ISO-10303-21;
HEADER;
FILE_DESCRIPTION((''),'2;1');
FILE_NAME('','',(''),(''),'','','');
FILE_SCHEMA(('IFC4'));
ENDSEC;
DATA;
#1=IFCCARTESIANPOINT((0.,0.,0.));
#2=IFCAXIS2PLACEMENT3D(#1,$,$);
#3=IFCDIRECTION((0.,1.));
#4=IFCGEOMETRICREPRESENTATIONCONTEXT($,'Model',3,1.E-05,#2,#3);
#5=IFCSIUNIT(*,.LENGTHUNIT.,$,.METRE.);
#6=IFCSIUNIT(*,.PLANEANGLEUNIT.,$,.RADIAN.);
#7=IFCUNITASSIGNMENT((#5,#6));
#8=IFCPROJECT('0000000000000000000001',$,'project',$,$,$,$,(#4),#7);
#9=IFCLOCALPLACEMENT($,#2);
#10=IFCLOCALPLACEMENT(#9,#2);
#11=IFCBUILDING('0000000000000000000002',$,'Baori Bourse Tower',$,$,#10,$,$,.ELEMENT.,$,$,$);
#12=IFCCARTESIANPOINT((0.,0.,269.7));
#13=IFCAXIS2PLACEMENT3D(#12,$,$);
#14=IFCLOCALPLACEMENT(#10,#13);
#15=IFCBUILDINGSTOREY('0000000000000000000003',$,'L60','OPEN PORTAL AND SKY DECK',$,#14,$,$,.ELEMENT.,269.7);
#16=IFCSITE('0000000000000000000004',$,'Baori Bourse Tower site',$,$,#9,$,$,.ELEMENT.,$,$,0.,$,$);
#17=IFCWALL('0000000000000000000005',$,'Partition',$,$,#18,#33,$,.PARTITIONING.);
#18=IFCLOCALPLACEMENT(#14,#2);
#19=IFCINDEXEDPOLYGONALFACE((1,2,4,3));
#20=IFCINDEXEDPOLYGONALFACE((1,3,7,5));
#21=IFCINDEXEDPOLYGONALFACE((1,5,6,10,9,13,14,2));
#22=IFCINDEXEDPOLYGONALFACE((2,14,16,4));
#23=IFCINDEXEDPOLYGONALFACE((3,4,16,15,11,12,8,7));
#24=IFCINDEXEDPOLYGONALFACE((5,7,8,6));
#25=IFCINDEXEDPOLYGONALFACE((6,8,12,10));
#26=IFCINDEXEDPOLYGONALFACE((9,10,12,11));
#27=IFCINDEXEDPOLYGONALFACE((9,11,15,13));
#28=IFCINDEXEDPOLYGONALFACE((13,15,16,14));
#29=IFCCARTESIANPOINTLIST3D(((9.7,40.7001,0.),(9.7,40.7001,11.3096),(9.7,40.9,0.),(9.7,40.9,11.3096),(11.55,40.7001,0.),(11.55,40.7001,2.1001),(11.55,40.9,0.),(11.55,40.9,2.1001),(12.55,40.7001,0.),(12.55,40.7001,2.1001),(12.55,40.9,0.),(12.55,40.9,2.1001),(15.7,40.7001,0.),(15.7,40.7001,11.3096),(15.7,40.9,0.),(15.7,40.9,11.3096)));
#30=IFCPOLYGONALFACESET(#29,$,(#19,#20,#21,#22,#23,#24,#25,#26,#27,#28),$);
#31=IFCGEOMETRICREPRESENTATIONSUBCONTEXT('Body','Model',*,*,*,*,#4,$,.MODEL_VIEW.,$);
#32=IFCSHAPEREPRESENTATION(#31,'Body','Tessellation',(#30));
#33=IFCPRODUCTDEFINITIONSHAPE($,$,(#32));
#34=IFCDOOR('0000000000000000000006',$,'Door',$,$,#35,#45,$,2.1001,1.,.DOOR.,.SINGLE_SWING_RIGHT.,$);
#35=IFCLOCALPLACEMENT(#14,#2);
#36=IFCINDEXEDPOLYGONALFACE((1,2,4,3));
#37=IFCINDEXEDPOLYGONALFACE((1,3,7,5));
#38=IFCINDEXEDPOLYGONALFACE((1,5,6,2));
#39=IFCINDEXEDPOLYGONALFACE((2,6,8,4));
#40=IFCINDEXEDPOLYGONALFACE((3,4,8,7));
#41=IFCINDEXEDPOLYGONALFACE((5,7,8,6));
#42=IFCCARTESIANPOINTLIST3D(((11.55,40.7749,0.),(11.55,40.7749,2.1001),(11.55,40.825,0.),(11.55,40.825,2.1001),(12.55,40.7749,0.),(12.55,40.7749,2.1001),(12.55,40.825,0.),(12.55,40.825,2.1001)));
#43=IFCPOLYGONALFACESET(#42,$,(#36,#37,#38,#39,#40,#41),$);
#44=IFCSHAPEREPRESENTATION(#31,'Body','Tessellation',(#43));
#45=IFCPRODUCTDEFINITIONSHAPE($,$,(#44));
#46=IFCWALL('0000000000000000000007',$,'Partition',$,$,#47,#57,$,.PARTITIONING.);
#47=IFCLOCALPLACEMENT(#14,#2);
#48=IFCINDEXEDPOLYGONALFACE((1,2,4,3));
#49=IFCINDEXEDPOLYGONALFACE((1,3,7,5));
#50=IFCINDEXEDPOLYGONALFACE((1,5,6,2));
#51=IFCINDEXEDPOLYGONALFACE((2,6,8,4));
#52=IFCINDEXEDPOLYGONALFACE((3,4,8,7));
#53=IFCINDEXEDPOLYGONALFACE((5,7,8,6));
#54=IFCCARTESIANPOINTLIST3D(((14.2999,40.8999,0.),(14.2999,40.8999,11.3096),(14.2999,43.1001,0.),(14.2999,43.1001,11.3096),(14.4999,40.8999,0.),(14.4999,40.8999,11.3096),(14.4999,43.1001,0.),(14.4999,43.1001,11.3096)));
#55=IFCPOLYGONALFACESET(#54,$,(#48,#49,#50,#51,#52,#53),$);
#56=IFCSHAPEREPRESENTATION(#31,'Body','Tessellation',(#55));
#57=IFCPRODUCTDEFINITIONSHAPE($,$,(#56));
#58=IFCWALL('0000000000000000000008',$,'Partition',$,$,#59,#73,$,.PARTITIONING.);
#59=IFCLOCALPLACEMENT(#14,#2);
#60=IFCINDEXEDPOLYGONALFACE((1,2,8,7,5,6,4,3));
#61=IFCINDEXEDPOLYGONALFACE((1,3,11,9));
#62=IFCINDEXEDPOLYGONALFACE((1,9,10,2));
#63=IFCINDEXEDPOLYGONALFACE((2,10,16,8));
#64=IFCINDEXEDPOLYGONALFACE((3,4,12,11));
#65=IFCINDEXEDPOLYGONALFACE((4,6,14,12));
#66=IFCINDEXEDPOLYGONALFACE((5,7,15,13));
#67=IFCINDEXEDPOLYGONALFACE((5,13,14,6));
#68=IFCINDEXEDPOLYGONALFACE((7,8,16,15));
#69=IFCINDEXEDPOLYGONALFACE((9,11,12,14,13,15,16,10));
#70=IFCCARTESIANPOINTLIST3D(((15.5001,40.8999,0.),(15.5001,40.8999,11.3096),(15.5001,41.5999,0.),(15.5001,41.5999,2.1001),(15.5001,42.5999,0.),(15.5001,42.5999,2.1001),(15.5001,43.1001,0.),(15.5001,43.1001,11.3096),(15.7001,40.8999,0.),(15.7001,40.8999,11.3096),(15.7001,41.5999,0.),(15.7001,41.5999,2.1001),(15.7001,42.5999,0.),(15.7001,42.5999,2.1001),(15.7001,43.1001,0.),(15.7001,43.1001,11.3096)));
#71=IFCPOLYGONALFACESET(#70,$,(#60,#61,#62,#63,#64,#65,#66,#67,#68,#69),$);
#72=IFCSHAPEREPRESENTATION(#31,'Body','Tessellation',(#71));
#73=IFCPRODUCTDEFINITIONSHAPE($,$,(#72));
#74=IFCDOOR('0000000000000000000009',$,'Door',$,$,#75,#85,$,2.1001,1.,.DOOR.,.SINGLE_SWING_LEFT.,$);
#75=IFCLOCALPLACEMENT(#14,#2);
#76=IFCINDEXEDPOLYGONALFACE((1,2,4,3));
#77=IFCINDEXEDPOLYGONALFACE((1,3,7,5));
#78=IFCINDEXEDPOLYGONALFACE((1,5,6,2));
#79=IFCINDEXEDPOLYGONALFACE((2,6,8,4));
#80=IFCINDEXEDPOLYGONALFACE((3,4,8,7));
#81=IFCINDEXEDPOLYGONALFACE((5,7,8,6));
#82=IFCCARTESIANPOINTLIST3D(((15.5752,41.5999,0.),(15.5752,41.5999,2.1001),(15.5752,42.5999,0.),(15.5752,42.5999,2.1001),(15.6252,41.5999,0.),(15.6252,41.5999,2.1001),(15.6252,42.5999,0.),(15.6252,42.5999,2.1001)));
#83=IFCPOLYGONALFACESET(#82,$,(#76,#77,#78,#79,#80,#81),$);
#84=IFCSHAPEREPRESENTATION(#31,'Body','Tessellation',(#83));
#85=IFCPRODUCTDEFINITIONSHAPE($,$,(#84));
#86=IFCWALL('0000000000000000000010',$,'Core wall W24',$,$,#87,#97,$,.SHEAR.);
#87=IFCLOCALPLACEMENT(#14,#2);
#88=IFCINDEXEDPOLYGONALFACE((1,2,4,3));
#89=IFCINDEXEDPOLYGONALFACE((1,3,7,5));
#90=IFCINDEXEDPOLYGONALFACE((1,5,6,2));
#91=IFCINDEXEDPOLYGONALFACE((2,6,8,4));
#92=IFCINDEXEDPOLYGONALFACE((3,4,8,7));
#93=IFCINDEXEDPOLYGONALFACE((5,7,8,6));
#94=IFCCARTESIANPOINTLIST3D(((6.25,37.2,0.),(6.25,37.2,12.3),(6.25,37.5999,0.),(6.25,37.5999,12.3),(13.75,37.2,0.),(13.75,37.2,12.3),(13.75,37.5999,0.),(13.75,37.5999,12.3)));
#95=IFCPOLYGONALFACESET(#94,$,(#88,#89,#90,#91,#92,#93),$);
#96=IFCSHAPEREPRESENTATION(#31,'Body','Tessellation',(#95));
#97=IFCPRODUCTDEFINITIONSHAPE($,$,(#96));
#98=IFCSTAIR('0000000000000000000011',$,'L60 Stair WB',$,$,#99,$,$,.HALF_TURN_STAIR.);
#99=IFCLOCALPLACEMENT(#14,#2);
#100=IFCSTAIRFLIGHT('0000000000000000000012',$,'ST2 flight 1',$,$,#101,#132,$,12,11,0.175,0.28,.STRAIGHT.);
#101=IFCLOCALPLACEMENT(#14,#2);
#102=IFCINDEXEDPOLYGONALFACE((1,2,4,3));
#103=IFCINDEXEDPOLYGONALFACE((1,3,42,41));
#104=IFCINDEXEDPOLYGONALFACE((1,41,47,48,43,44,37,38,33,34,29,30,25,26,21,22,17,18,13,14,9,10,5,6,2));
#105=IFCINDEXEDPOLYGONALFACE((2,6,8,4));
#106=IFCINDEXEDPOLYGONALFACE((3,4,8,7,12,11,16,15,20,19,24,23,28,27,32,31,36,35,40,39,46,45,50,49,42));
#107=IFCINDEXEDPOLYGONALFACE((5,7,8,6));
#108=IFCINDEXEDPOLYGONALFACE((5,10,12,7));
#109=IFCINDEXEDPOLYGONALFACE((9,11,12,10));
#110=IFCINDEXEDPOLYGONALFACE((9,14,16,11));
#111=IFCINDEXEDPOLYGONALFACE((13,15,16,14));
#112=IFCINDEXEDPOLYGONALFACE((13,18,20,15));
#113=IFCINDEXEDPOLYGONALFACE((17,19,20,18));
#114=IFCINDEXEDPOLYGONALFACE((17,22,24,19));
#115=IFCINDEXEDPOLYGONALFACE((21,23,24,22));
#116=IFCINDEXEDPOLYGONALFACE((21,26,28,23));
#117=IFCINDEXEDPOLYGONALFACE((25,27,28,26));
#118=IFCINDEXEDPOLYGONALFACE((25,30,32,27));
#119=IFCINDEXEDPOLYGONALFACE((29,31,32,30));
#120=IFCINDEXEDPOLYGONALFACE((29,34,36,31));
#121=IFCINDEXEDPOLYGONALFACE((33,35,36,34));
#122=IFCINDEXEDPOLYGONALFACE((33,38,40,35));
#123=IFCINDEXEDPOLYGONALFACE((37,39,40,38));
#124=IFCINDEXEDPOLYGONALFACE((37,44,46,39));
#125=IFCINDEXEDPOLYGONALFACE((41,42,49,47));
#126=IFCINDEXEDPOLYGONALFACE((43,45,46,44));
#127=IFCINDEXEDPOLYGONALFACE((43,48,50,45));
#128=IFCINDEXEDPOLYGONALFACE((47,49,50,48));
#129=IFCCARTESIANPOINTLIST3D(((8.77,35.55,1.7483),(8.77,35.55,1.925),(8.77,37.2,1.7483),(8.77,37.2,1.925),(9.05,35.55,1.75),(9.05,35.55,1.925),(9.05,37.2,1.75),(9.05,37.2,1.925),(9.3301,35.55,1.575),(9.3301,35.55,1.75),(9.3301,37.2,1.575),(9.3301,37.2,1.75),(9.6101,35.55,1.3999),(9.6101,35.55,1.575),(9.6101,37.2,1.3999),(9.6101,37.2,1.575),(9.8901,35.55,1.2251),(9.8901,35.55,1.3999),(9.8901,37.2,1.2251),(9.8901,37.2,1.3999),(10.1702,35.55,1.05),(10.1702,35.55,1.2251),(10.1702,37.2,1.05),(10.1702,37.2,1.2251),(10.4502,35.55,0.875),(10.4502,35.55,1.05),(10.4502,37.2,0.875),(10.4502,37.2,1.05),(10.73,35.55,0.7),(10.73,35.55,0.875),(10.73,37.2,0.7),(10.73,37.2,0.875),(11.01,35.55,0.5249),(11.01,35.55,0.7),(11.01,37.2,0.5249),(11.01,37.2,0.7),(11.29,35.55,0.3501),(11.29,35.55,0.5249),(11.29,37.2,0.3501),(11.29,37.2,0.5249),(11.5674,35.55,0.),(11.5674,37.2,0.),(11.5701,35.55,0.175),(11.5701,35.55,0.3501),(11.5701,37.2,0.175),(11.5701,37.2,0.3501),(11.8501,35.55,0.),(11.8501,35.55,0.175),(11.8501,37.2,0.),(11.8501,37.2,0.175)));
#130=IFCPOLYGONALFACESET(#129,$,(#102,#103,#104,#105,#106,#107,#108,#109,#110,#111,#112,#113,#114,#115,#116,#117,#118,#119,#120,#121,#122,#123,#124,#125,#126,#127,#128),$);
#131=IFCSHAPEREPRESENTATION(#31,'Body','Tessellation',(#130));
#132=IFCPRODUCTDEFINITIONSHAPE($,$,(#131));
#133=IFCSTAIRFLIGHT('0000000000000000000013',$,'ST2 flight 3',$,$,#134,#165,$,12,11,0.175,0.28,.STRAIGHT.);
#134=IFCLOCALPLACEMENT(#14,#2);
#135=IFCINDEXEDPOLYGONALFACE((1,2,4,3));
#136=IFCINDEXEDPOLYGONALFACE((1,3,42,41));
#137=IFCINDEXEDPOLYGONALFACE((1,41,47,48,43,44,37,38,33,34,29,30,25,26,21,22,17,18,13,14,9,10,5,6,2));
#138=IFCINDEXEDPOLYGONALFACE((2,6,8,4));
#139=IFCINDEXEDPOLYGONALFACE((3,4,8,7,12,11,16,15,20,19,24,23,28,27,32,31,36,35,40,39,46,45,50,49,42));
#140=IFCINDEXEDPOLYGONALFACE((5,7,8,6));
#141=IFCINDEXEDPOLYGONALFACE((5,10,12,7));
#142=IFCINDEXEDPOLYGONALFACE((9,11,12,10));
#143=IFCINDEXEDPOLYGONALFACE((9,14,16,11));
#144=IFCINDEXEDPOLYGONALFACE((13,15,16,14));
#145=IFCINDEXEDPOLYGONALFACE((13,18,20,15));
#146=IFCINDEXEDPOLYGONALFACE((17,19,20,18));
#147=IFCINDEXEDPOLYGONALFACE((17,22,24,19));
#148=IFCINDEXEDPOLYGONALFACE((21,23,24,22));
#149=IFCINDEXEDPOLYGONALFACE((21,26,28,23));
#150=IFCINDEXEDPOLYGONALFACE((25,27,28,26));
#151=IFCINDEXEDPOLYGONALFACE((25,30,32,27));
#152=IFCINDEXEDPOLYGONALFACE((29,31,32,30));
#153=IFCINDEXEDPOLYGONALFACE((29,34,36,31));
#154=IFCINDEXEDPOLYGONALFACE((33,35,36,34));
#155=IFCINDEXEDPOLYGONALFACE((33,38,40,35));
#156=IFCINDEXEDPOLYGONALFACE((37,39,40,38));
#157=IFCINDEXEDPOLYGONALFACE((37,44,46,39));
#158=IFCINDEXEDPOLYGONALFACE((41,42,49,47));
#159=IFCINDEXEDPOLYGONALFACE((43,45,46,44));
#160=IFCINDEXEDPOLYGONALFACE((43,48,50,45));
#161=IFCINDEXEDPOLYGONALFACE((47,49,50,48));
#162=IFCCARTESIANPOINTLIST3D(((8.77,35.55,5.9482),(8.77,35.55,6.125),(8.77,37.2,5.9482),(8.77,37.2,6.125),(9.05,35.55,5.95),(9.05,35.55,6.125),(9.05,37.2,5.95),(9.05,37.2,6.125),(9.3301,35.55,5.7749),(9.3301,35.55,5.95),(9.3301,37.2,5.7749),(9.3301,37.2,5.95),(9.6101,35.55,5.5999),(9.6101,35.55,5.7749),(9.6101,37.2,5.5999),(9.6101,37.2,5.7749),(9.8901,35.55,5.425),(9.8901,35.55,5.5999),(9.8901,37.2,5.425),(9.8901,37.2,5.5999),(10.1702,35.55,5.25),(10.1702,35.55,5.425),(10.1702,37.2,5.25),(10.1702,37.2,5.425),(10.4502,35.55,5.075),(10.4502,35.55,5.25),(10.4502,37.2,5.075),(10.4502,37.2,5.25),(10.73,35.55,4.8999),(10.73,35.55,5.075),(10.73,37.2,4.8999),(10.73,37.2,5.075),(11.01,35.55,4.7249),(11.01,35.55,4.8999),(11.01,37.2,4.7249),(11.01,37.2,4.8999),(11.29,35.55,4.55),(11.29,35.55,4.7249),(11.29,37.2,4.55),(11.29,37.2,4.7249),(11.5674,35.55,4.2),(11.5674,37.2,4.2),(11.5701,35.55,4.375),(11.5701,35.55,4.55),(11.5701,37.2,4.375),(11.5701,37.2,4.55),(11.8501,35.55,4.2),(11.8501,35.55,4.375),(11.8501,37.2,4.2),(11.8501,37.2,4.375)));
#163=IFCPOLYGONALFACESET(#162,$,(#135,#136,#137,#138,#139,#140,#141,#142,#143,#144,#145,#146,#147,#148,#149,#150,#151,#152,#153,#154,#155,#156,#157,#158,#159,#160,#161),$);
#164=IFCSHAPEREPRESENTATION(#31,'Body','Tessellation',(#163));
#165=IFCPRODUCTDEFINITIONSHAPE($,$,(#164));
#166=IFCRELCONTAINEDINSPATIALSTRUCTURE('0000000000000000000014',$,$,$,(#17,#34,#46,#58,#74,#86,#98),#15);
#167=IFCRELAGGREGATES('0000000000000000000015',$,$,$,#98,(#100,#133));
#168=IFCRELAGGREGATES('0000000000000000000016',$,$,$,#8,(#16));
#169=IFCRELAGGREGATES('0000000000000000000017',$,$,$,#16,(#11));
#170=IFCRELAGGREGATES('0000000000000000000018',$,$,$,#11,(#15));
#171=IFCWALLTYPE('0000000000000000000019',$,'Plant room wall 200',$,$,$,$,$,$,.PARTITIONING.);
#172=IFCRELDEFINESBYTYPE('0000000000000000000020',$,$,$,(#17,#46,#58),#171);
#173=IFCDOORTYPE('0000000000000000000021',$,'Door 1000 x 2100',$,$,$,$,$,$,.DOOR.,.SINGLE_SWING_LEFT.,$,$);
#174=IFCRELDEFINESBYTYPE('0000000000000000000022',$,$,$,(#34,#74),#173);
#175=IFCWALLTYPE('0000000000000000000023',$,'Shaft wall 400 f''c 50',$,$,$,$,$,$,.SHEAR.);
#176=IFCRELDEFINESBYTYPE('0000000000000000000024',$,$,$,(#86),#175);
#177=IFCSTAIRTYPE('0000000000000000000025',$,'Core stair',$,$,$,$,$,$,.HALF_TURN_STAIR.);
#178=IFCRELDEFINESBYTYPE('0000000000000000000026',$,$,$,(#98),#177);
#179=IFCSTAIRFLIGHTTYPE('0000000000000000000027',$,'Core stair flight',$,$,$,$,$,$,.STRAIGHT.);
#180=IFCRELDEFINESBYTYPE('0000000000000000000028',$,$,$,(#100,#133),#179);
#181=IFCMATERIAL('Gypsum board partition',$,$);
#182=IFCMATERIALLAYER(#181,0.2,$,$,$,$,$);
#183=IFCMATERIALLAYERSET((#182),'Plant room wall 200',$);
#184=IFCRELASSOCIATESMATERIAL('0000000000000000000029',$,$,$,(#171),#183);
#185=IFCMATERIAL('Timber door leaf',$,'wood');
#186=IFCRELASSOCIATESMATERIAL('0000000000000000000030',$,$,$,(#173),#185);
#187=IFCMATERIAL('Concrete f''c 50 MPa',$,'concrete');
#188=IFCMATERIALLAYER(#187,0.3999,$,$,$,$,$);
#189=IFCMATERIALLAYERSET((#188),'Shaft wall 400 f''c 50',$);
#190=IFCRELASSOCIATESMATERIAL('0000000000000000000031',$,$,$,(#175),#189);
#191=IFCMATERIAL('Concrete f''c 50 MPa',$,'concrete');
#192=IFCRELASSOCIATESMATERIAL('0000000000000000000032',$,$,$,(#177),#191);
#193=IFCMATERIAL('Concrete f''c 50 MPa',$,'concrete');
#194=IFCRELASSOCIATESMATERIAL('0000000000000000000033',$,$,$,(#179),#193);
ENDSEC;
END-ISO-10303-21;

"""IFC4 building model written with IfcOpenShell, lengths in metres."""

from ifc_helpers import new_model, si_unit, direction, frame, frame_2d, origin, place, context, subcontext, project, spatial, polyline, rectangle, outline, extrude, material, layer, layer_set, type_object, element, fill, aggregate, save


model = new_model("IFC4")

# Units and contexts
model_context = context("Model", 3, precision=1e-05, world=origin(), true_north=direction((0.0, 1.0)))
body_context = subcontext(model_context, "Body", "Model", "MODEL_VIEW")
ifc_project = project(units=[si_unit("LENGTHUNIT", "METRE"), si_unit("PLANEANGLEUNIT", "RADIAN")], contexts=[model_context])

# Site, building, storey
site_placement = place(None, origin())
site = spatial("IfcSite", under=ifc_project, at=site_placement, Name="Baori Bourse Tower site", CompositionType="ELEMENT", RefElevation=0.0)
building_placement = place(site_placement, origin())
building = spatial("IfcBuilding", under=site, at=building_placement, Name="Baori Bourse Tower", CompositionType="ELEMENT")
storey_placement = place(building_placement, frame((0.0, 0.0, 269.7)))
storey = spatial("IfcBuildingStorey", under=building, at=storey_placement, Name="L60", Description="OPEN PORTAL AND SKY DECK", CompositionType="ELEMENT", Elevation=269.7)

# Wall, opening, door
ifc_material_1 = material(Name="Gypsum board partition")
ifc_layer_1 = layer(ifc_material_1, 0.2)
ifc_layer_set_1 = layer_set([ifc_layer_1], Name="Plant room wall 200")
wall_type_1 = type_object("IfcWallType", Name="Plant room wall 200", PredefinedType="PARTITIONING", material=ifc_layer_set_1)
wall_1_placement = place(storey_placement, frame((9.7, 40.8, 0.0), z_axis=(0.0, 0.0, 1.0), x_axis=(1.0, 0.0, 0.0)))
wall_1 = element("IfcWall", 1, at=wall_1_placement, inside=storey, type_object=wall_type_1, Name="Partition", PredefinedType="PARTITIONING", context=body_context, shape_type="SweptSolid", body=[
    extrude(rectangle(XDim=6.0, YDim=0.2, at=frame_2d((3.0, 0.0))), origin(), (0.0, 0.0, 1.0), 11.3096),
])
opening_1_placement = place(wall_1_placement, frame((1.8501, 0.0, 0.0)))
opening_1 = element("IfcOpeningElement", 2, at=opening_1_placement, cuts=wall_1, PredefinedType="OPENING", context=body_context, shape_type="SweptSolid", body=[
    extrude(rectangle(XDim=1.0, YDim=2.1001, at=frame_2d((0.5, 1.05))), frame((0.0, 0.1099, 0.0), z_axis=(0.0, -1.0, 0.0), x_axis=(1.0, 0.0, 0.0)), (0.0, 0.0, 1.0), 0.22),
])
ifc_material_2 = material(Name="Timber door leaf", Category="wood")
door_type_1 = type_object("IfcDoorType", Name="Door 1000 x 2100", OperationType="SINGLE_SWING_LEFT", PredefinedType="DOOR", material=ifc_material_2)
door_1_placement = place(opening_1_placement, origin())
door_1 = element("IfcDoor", 3, at=door_1_placement, inside=storey, type_object=door_type_1, Name="Door", OperationType="SINGLE_SWING_RIGHT", OverallHeight=2.1001, OverallWidth=1.0, PredefinedType="DOOR", context=body_context, shape_type="SweptSolid", body=[
    extrude(rectangle(XDim=1.0, YDim=2.1001, at=frame_2d((0.5, 1.05))), frame((0.0, 0.0249, 0.0), z_axis=(0.0, -1.0, 0.0), x_axis=(1.0, 0.0, 0.0)), (0.0, 0.0, 1.0), 0.05),
])
fill(opening_1, door_1)

# Wall
wall_2_placement = place(storey_placement, frame((14.3999, 40.8999, 0.0), z_axis=(0.0, 0.0, 1.0), x_axis=(0.0, 1.0, 0.0)))
element("IfcWall", 4, at=wall_2_placement, inside=storey, type_object=wall_type_1, Name="Partition", PredefinedType="PARTITIONING", context=body_context, shape_type="SweptSolid", body=[
    extrude(rectangle(XDim=2.2002, YDim=0.2, at=frame_2d((1.1001, 0.0))), origin(), (0.0, 0.0, 1.0), 11.3096),
])

# Wall, opening, door
wall_3_placement = place(storey_placement, frame((15.6001, 40.8999, 0.0), z_axis=(0.0, 0.0, 1.0), x_axis=(0.0, 1.0, 0.0)))
wall_3 = element("IfcWall", 5, at=wall_3_placement, inside=storey, type_object=wall_type_1, Name="Partition", PredefinedType="PARTITIONING", context=body_context, shape_type="SweptSolid", body=[
    extrude(rectangle(XDim=2.2002, YDim=0.2, at=frame_2d((1.1001, 0.0))), origin(), (0.0, 0.0, 1.0), 11.3096),
])
opening_2_placement = place(wall_3_placement, frame((0.7, 0.0, 0.0)))
opening_2 = element("IfcOpeningElement", 6, at=opening_2_placement, cuts=wall_3, PredefinedType="OPENING", context=body_context, shape_type="SweptSolid", body=[
    extrude(rectangle(XDim=1.0, YDim=2.1001, at=frame_2d((0.5, 1.05))), frame((0.0, 0.1099, 0.0), z_axis=(0.0, -1.0, 0.0), x_axis=(1.0, 0.0, 0.0)), (0.0, 0.0, 1.0), 0.22),
])
door_2_placement = place(opening_2_placement, origin())
door_2 = element("IfcDoor", 7, at=door_2_placement, inside=storey, type_object=door_type_1, Name="Door", OperationType="SINGLE_SWING_LEFT", OverallHeight=2.1001, OverallWidth=1.0, PredefinedType="DOOR", context=body_context, shape_type="SweptSolid", body=[
    extrude(rectangle(XDim=1.0, YDim=2.1001, at=frame_2d((0.5, 1.05))), frame((0.0, 0.0249, 0.0), z_axis=(0.0, -1.0, 0.0), x_axis=(1.0, 0.0, 0.0)), (0.0, 0.0, 1.0), 0.05),
])
fill(opening_2, door_2)

# Wall
ifc_material_3 = material(Name="Concrete f'c 50 MPa", Category="concrete")
ifc_layer_2 = layer(ifc_material_3, 0.3999)
ifc_layer_set_2 = layer_set([ifc_layer_2], Name="Shaft wall 400 f'c 50")
wall_type_2 = type_object("IfcWallType", Name="Shaft wall 400 f'c 50", PredefinedType="SHEAR", material=ifc_layer_set_2)
wall_4_placement = place(storey_placement, frame((6.25, 37.3999, 0.0), z_axis=(0.0, 0.0, 1.0), x_axis=(1.0, 0.0, 0.0)))
element("IfcWall", 8, at=wall_4_placement, inside=storey, type_object=wall_type_2, Name="Core wall W24", PredefinedType="SHEAR", context=body_context, shape_type="SweptSolid", body=[
    extrude(rectangle(XDim=7.5, YDim=0.3999, at=frame_2d((3.75, 0.0))), origin(), (0.0, 0.0, 1.0), 12.3),
])

# Stair, stair flights
ifc_material_4 = material(Name="Concrete f'c 50 MPa", Category="concrete")
stair_type = type_object("IfcStairType", Name="Core stair", PredefinedType="HALF_TURN_STAIR", material=ifc_material_4)
stair_placement = place(storey_placement, origin())
stair = element("IfcStair", 9, at=stair_placement, inside=storey, type_object=stair_type, Name="L60 Stair WB", PredefinedType="HALF_TURN_STAIR")
ifc_material_5 = material(Name="Concrete f'c 50 MPa", Category="concrete")
stair_flight_type = type_object("IfcStairFlightType", Name="Core stair flight", PredefinedType="STRAIGHT", material=ifc_material_5)
stair_flight_1_placement = place(storey_placement, frame((11.8501, 36.375, 0.0), z_axis=(0.0, 0.0, 1.0), x_axis=(-1.0, 0.0, 0.0)))
stair_flight_1 = element("IfcStairFlight", 10, at=stair_flight_1_placement, type_object=stair_flight_type, Name="ST2 flight 1", NumberOfRisers=12, NumberOfTreads=11, PredefinedType="STRAIGHT", RiserHeight=0.175, TreadLength=0.28, context=body_context, shape_type="SweptSolid", body=[
    extrude(outline(polyline([(0.0, 0.0), (0.0, 0.175), (0.28, 0.175), (0.28, 0.3501), (0.5601, 0.3501), (0.5601, 0.5249), (0.8401, 0.5249), (0.8401, 0.7), (1.1201, 0.7), (1.1201, 0.875), (1.3999, 0.875), (1.3999, 1.05), (1.6799, 1.05), (1.6799, 1.2251), (1.96, 1.2251), (1.96, 1.3999), (2.24, 1.3999), (2.24, 1.575), (2.52, 1.575), (2.52, 1.75), (2.8, 1.75), (2.8, 1.925), (3.0801, 1.925), (3.0801, 2.1001), (3.0801, 1.7483), (0.2827, 0.0), (0.0, 0.0)])), frame((0.0, 0.825, 0.0), z_axis=(0.0, -1.0, 0.0), x_axis=(1.0, 0.0, 0.0)), (0.0, 0.0, 1.0), 1.6499),
])
stair_flight_2_placement = place(storey_placement, frame((11.8501, 36.375, 4.2), z_axis=(0.0, 0.0, 1.0), x_axis=(-1.0, 0.0, 0.0)))
stair_flight_2 = element("IfcStairFlight", 11, at=stair_flight_2_placement, type_object=stair_flight_type, Name="ST2 flight 3", NumberOfRisers=12, NumberOfTreads=11, PredefinedType="STRAIGHT", RiserHeight=0.175, TreadLength=0.28, context=body_context, shape_type="SweptSolid", body=[
    extrude(outline(polyline([(0.0, 0.0), (0.0, 0.175), (0.28, 0.175), (0.28, 0.3501), (0.5601, 0.3501), (0.5601, 0.5249), (0.8401, 0.5249), (0.8401, 0.7), (1.1201, 0.7), (1.1201, 0.875), (1.3999, 0.875), (1.3999, 1.05), (1.6799, 1.05), (1.6799, 1.2251), (1.96, 1.2251), (1.96, 1.3999), (2.24, 1.3999), (2.24, 1.575), (2.52, 1.575), (2.52, 1.75), (2.8, 1.75), (2.8, 1.925), (3.0801, 1.925), (3.0801, 2.1001), (3.0801, 1.7483), (0.2827, 0.0), (0.0, 0.0)])), frame((0.0, 0.825, 0.0), z_axis=(0.0, -1.0, 0.0), x_axis=(1.0, 0.0, 0.0)), (0.0, 0.0, 1.0), 1.6499),
])
aggregate(stair, [stair_flight_1, stair_flight_2])

save(model, "model.ifc")
